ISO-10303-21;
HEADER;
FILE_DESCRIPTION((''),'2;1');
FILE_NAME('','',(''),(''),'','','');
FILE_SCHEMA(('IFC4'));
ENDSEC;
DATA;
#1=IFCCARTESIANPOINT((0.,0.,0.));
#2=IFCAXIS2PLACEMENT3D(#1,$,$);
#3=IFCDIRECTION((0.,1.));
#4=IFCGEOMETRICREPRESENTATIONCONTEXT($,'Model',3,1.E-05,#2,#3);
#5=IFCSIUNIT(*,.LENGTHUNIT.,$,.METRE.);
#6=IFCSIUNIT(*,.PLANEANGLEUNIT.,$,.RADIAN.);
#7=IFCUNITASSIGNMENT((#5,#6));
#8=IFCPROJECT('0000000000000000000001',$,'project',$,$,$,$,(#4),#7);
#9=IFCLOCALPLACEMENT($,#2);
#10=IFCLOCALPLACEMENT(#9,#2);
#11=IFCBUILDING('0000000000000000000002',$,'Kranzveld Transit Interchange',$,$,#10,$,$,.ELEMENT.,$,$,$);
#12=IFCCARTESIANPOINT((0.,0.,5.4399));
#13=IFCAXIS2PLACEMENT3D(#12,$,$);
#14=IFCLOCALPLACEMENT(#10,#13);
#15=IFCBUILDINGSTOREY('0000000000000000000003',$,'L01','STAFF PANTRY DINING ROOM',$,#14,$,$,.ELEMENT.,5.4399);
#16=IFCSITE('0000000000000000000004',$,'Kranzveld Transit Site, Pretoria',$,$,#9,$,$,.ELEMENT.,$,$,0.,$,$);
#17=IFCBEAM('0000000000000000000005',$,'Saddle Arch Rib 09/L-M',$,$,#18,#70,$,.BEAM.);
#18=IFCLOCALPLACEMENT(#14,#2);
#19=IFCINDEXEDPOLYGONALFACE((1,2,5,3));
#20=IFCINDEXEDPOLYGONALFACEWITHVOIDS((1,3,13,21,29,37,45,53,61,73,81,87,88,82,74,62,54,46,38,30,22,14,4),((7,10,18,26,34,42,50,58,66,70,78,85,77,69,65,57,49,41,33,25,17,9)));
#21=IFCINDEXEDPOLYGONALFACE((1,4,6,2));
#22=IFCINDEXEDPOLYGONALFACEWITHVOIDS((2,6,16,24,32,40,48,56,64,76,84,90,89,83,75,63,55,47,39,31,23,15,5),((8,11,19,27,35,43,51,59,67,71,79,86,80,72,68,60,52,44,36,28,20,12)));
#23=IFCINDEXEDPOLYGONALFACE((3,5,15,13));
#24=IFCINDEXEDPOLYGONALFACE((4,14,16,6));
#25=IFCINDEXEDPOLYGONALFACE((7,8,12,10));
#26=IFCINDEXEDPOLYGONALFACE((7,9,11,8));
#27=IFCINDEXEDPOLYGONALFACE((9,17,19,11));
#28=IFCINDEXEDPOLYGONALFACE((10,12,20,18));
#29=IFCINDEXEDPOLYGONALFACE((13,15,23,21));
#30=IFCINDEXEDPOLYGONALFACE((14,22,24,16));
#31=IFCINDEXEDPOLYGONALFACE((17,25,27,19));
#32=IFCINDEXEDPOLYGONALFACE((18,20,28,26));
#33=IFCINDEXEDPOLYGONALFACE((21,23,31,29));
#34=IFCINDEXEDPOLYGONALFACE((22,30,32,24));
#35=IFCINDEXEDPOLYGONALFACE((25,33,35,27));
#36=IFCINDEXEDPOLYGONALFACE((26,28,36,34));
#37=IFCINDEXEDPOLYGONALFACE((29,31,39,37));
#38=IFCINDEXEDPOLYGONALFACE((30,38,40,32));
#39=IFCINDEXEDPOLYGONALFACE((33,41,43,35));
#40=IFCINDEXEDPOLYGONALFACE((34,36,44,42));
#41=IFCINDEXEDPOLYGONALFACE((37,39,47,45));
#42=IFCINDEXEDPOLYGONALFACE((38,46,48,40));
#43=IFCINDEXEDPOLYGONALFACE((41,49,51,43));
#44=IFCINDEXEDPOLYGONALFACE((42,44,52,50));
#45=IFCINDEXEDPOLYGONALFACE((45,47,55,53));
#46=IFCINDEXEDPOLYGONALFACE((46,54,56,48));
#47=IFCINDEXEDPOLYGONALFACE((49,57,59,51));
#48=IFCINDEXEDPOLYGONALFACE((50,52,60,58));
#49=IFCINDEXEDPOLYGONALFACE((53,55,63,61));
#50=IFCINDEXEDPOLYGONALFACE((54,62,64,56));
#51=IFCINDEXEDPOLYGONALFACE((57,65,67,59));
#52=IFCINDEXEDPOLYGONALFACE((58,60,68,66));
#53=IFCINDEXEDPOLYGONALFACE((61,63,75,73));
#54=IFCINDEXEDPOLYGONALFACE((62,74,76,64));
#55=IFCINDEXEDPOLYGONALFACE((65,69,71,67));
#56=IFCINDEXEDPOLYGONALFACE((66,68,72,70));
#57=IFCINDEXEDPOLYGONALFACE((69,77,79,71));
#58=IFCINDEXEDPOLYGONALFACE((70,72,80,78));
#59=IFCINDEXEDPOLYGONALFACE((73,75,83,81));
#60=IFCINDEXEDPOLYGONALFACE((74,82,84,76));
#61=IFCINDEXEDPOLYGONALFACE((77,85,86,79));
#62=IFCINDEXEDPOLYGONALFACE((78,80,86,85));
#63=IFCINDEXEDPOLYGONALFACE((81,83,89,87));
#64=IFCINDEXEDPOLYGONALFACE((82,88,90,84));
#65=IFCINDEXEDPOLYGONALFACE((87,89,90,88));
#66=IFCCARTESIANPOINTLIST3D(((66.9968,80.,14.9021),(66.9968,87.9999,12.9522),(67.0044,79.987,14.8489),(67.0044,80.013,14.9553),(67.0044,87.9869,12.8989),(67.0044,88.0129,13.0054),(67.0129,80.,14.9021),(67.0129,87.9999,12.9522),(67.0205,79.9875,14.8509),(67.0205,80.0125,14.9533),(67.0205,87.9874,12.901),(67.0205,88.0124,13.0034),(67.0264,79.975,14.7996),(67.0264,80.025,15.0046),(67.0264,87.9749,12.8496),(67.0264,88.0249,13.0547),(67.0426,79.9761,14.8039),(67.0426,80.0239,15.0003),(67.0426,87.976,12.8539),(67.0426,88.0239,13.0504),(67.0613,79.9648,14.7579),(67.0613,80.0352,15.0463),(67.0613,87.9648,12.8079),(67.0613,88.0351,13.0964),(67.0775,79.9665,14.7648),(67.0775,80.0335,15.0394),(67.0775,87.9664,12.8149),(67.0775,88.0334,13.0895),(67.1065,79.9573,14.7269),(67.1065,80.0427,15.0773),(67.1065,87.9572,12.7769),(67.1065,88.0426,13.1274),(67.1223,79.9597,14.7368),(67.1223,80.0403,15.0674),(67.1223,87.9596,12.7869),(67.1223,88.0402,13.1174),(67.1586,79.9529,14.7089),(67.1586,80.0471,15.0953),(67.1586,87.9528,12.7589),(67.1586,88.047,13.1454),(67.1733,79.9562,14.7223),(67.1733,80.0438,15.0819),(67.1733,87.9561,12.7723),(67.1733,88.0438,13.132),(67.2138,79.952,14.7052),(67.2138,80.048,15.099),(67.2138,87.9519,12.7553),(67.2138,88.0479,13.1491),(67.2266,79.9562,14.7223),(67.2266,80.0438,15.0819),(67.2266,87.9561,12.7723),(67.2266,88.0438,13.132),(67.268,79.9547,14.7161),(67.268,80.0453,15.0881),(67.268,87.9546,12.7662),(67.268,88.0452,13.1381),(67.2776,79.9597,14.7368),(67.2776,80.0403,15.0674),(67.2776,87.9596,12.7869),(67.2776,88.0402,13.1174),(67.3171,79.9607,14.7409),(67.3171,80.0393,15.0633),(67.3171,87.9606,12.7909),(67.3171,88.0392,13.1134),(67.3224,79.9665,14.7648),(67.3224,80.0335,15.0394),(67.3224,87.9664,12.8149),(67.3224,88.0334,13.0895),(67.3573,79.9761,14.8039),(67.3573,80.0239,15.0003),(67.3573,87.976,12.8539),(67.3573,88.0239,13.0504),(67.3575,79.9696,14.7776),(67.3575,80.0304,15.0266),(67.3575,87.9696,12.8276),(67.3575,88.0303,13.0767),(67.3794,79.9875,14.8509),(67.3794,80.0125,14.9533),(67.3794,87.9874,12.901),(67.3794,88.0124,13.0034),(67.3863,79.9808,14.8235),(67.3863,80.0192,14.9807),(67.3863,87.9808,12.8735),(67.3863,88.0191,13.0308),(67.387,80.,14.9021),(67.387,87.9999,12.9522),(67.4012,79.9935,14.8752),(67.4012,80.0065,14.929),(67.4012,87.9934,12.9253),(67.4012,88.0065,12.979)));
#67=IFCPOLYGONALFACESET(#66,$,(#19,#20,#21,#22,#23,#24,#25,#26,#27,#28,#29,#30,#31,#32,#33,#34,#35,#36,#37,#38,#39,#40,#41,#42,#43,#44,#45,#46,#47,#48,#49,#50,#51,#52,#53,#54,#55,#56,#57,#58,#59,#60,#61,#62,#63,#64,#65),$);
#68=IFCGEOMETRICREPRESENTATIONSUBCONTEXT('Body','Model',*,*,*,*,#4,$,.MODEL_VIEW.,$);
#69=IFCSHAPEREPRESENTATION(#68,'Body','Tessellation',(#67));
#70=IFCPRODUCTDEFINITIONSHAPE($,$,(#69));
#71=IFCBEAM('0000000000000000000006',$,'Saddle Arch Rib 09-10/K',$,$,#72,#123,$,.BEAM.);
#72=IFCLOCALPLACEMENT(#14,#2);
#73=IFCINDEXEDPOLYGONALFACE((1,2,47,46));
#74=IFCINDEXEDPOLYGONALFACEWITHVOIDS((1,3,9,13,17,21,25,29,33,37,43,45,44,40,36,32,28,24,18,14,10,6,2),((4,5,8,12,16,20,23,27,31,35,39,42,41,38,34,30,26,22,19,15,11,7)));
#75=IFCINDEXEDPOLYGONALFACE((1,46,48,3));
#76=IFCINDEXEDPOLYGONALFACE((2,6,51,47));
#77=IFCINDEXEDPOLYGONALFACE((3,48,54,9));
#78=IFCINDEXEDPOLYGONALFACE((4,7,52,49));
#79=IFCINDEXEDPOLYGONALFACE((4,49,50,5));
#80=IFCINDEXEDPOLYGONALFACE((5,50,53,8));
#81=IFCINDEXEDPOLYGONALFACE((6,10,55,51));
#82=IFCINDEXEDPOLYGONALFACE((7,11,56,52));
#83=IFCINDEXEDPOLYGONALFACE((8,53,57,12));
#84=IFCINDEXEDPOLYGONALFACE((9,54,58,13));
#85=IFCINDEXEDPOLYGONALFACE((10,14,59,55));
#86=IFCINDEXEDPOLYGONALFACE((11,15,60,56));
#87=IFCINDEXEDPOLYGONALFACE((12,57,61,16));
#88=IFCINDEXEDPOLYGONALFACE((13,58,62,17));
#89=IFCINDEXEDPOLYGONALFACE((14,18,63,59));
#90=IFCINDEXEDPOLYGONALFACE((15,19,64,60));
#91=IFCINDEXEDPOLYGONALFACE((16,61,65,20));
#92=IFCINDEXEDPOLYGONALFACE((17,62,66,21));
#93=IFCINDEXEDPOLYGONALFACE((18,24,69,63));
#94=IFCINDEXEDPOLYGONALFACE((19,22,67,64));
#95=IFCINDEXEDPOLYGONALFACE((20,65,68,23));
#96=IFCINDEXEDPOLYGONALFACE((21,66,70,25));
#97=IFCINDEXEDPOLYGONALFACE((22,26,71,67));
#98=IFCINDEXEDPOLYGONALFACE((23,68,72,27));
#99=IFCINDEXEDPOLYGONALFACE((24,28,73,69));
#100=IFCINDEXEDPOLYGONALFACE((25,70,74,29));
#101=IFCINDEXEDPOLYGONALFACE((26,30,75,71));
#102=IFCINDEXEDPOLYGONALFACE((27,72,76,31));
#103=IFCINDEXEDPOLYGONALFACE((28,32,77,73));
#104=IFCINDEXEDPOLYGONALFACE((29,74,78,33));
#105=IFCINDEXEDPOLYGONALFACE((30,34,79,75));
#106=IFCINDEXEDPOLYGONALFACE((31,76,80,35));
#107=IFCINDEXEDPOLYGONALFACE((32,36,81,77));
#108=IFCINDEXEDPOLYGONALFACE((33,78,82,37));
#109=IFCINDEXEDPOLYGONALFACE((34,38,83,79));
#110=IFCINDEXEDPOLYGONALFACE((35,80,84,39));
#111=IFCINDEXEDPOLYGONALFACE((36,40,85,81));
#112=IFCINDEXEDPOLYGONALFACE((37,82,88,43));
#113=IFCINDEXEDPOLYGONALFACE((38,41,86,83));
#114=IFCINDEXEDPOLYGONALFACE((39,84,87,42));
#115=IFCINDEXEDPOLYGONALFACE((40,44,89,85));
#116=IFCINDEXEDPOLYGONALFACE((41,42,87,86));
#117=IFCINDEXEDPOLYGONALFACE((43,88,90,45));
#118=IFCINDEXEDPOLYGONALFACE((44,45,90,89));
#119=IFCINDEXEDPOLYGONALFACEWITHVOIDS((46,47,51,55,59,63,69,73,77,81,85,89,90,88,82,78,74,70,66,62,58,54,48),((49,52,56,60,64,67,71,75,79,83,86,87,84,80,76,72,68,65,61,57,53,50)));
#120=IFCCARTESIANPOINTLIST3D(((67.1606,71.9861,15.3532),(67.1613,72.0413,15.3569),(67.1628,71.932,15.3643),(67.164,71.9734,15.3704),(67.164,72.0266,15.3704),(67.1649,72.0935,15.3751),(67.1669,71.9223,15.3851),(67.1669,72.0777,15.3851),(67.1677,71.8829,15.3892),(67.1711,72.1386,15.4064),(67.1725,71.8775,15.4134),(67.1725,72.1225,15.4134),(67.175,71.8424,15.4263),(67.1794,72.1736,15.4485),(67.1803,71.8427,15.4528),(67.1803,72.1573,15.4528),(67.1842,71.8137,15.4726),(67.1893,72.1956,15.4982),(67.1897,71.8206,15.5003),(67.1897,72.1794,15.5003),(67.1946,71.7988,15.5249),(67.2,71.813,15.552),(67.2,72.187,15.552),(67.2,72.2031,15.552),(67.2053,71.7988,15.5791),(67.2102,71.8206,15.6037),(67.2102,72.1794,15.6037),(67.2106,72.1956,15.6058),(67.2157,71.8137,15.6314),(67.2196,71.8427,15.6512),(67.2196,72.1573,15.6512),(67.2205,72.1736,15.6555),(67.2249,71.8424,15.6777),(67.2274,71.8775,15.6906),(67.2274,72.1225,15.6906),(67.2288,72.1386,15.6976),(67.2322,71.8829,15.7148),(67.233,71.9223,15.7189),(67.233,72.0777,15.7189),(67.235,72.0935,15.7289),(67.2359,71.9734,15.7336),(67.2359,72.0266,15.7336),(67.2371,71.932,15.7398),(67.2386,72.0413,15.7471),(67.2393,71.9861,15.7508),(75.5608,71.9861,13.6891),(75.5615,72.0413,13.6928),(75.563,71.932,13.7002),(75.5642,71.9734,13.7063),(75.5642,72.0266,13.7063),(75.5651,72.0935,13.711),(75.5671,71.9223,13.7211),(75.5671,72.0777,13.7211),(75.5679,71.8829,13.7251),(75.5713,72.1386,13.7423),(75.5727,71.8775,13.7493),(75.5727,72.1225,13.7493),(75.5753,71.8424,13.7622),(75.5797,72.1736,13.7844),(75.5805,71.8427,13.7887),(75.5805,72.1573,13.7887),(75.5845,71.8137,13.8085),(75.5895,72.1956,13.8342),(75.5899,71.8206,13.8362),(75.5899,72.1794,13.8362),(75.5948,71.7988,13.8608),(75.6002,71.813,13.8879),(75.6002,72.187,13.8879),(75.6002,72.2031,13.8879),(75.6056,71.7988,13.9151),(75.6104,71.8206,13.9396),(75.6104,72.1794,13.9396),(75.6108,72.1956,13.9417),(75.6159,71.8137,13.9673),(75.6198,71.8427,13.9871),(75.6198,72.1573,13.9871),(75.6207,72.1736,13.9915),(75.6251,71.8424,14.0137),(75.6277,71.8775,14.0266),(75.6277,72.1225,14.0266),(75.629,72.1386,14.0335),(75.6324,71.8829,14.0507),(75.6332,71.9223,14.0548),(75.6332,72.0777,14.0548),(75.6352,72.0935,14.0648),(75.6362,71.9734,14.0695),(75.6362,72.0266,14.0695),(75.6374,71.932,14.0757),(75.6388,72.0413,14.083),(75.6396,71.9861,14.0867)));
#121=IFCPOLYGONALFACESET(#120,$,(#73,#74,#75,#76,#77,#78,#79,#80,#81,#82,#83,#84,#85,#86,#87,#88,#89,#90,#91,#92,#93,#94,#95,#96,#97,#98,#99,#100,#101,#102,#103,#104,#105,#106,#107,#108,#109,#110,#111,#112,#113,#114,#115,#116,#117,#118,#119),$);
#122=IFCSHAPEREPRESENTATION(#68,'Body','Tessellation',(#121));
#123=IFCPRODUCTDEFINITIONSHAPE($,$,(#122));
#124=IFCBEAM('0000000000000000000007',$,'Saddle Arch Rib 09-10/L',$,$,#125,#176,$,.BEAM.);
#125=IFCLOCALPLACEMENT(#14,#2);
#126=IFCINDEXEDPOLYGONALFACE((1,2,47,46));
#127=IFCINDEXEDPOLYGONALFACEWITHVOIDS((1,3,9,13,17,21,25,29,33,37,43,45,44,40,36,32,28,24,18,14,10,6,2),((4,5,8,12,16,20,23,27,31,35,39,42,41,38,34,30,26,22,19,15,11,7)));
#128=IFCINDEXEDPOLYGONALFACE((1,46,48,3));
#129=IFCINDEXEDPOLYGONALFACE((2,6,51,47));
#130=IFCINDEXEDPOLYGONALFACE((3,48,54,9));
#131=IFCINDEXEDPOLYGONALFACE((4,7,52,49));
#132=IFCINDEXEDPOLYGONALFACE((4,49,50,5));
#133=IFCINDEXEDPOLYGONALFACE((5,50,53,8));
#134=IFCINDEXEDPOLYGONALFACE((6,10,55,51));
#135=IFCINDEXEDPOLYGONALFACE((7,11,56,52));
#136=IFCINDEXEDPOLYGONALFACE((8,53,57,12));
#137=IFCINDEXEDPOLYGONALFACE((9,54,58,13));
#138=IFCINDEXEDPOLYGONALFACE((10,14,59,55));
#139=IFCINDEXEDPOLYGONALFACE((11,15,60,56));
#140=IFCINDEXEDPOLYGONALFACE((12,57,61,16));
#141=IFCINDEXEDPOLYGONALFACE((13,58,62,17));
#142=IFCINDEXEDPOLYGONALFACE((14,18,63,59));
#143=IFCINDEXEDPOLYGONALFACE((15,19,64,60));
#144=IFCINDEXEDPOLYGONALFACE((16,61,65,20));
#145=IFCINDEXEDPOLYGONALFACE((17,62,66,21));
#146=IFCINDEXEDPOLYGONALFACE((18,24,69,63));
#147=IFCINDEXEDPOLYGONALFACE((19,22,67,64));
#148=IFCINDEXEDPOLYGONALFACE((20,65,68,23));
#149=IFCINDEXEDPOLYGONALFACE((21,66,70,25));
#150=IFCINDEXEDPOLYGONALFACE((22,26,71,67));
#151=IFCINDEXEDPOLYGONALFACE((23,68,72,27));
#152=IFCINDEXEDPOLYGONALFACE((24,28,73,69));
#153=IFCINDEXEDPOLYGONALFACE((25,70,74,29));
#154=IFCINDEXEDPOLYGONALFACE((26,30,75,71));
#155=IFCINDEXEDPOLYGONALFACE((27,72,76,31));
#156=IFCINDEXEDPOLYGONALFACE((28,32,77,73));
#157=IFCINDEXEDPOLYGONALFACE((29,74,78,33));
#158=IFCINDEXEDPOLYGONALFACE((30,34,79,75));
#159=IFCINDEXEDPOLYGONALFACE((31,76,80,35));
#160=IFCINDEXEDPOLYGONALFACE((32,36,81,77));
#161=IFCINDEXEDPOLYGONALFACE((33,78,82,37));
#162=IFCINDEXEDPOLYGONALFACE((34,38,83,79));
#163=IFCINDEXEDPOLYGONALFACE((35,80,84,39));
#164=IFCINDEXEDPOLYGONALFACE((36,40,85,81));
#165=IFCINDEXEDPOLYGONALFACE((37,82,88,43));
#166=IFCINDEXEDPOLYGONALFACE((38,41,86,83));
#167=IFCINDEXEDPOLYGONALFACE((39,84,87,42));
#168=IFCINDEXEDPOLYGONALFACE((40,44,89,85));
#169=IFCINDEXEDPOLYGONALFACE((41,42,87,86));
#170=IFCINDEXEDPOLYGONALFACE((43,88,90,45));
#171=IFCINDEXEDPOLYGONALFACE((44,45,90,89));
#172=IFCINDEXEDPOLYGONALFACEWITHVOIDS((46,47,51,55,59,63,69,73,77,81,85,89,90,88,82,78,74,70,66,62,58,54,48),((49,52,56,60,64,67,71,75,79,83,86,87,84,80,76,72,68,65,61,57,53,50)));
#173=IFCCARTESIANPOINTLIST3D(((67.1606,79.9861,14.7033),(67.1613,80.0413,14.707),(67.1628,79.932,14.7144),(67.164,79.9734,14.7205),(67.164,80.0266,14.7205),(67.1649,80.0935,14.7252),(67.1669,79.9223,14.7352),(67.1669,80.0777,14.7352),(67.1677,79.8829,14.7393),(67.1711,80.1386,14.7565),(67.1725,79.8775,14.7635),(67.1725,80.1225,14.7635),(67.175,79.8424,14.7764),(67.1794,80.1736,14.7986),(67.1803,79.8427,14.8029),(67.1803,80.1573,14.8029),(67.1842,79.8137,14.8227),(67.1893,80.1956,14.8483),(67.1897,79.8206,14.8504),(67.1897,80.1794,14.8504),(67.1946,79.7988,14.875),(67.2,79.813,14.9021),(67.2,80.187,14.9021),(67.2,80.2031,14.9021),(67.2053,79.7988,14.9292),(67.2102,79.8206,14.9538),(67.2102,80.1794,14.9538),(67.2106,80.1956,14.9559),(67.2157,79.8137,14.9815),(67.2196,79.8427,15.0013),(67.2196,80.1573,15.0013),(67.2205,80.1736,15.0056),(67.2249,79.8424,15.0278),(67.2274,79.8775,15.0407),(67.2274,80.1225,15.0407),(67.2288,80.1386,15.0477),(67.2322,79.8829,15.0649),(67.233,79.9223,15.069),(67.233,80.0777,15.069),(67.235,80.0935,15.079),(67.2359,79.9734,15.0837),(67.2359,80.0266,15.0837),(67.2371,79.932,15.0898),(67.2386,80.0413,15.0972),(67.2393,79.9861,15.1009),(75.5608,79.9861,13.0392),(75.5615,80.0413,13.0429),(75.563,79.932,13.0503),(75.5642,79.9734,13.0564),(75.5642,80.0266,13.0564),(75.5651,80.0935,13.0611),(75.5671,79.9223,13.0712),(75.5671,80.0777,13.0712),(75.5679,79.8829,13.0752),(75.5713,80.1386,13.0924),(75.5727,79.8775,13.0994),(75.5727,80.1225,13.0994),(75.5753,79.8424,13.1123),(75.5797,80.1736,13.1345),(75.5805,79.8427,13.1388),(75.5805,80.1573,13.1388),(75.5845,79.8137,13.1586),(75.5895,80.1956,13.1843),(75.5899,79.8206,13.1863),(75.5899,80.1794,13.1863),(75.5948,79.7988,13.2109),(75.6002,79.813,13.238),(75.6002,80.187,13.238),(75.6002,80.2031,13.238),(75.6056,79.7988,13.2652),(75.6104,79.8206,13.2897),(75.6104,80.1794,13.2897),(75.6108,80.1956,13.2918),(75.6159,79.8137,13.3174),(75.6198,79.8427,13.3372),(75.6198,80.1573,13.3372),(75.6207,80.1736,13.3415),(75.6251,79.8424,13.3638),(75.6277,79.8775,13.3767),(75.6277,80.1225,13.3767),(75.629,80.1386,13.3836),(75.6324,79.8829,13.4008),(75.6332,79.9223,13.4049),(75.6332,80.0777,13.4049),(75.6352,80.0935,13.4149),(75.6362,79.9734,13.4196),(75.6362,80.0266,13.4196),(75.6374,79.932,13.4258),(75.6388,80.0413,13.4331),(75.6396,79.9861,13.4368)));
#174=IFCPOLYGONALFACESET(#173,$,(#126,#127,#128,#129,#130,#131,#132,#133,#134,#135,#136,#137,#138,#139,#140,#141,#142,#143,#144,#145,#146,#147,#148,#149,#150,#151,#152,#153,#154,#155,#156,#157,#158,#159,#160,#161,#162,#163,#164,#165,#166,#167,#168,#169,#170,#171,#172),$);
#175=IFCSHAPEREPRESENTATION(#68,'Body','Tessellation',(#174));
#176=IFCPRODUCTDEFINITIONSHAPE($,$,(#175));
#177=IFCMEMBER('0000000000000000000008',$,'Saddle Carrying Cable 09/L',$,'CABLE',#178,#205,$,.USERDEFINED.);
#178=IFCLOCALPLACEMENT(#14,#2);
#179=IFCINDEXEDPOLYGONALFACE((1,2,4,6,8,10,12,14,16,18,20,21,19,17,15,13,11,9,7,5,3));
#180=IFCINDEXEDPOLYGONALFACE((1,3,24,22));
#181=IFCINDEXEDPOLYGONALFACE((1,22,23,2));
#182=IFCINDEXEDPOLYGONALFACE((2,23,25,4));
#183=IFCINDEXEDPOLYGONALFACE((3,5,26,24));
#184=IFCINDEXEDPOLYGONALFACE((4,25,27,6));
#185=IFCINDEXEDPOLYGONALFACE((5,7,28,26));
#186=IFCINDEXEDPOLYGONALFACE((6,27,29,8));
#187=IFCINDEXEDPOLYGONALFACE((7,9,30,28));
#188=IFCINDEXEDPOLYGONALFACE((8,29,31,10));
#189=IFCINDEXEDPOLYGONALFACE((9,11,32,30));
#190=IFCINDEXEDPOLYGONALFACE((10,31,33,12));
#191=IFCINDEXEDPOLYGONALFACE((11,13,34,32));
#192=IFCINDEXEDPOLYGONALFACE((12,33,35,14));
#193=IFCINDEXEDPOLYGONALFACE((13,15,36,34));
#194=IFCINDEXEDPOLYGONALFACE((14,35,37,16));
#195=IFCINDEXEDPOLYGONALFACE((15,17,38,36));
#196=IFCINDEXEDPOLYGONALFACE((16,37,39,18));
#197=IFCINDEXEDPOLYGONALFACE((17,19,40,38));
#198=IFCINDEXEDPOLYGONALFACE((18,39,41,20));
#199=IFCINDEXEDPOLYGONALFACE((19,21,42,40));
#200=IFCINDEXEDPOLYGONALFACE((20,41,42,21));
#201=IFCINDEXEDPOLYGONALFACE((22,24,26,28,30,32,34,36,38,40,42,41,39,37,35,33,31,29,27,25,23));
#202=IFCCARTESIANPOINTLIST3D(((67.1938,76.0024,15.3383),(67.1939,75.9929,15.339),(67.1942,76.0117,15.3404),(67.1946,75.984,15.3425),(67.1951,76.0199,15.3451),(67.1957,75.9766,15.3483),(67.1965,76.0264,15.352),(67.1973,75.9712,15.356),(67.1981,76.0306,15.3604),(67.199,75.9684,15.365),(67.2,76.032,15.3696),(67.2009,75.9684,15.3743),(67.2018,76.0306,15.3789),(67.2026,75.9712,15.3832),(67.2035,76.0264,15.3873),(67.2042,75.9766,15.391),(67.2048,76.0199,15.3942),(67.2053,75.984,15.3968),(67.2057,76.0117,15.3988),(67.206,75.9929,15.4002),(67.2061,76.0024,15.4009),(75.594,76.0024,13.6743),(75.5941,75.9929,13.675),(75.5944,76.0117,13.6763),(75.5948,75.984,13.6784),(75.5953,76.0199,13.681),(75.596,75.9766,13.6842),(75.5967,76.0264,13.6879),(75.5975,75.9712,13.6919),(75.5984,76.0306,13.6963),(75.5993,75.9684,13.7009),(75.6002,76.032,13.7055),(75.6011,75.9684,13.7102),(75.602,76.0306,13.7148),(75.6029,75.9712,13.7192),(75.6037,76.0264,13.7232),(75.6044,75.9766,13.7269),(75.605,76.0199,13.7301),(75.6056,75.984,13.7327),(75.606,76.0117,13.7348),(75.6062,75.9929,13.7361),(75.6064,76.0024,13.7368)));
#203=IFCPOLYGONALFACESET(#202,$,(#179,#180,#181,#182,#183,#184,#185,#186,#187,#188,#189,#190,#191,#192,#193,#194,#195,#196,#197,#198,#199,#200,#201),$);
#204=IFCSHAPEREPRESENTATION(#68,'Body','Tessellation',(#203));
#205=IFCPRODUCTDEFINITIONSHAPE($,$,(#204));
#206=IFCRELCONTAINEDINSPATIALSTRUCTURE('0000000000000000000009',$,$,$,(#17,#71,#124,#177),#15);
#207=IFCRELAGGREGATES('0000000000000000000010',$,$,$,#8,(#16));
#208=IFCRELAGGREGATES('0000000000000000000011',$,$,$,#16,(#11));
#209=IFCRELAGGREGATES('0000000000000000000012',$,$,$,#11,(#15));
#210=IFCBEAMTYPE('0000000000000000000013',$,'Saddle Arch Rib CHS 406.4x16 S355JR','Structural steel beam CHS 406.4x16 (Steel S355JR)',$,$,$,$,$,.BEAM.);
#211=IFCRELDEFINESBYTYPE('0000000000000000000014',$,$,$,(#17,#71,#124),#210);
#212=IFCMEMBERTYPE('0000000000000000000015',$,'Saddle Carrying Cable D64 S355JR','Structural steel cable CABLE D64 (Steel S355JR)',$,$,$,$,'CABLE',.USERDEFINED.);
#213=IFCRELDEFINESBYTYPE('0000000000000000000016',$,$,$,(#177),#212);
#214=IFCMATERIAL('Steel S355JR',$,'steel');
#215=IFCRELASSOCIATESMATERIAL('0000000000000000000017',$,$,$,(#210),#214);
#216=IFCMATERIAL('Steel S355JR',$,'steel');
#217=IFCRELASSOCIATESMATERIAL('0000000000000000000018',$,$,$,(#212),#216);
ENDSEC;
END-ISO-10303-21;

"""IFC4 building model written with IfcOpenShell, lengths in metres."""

from ifc_helpers import new_model, si_unit, direction, frame, origin, origin_2d, place, context, subcontext, project, spatial, circle, hollow_circle, extrude, material, material_profile, profile_set, type_object, element, save


model = new_model("IFC4")

# Units and contexts
model_context = context("Model", 3, precision=1e-05, world=origin(), true_north=direction((0.0, 1.0)))
body_context = subcontext(model_context, "Body", "Model", "MODEL_VIEW")
ifc_project = project(units=[si_unit("LENGTHUNIT", "METRE"), si_unit("PLANEANGLEUNIT", "RADIAN")], contexts=[model_context])

# Site, building, storey
site_placement = place(None, origin())
site = spatial("IfcSite", under=ifc_project, at=site_placement, Name="Kranzveld Transit Site, Pretoria", CompositionType="ELEMENT", RefElevation=0.0)
building_placement = place(site_placement, origin())
building = spatial("IfcBuilding", under=site, at=building_placement, Name="Kranzveld Transit Interchange", CompositionType="ELEMENT")
storey_placement = place(building_placement, frame((0.0, 0.0, 5.4399)))
storey = spatial("IfcBuildingStorey", under=building, at=storey_placement, Name="L01", Description="STAFF PANTRY DINING ROOM", CompositionType="ELEMENT", Elevation=5.4399)

# Beams
ifc_material_1 = material(Name="Steel S355JR", Category="steel")
ifc_material_profile_1 = material_profile(ifc_material_1, hollow_circle(Radius=0.2031, WallThickness=0.0161, at=origin_2d()), Name="CHS 406.4x16")
ifc_profile_set_1 = profile_set([ifc_material_profile_1], Name="Steel S355JR")
beam_type = type_object("IfcBeamType", Name="Saddle Arch Rib CHS 406.4x16 S355JR", Description="Structural steel beam CHS 406.4x16 (Steel S355JR)", PredefinedType="BEAM", material=ifc_profile_set_1)
beam_1_placement = place(storey_placement, frame((67.2, 80.0, 14.9021), z_axis=(0.0, 0.971556, -0.236811), x_axis=(-1.0, 0.0, 0.0)))
element("IfcBeam", 1, at=beam_1_placement, inside=storey, type_object=beam_type, Name="Saddle Arch Rib 09/L-M", PredefinedType="BEAM", context=body_context, shape_type="SweptSolid", body=[
    extrude(hollow_circle(Radius=0.2031, WallThickness=0.0161, at=origin_2d()), origin(), (0.0, 0.0, 1.0), 8.2341),
])
for number, where, z_axis, x_axis, name in (
    (2, (67.2, 72.0, 15.552), (0.980938, 0.0, -0.194323), (0.0, 1.0, 0.0), "Saddle Arch Rib 09-10/K"),
    (3, (67.2, 80.0, 14.9021), (0.980938, 0.0, -0.194323), (0.0, 1.0, 0.0), "Saddle Arch Rib 09-10/L"),
):
    element("IfcBeam", number, at=place(storey_placement, frame(where, z_axis=z_axis, x_axis=x_axis)), inside=storey, type_object=beam_type, Name=name, PredefinedType="BEAM", context=body_context, shape_type="SweptSolid", body=[
        extrude(hollow_circle(Radius=0.2031, WallThickness=0.0161, at=origin_2d()), origin(), (0.0, 0.0, 1.0), 8.5635),
    ])

# Member
ifc_material_2 = material(Name="Steel S355JR", Category="steel")
ifc_material_profile_2 = material_profile(ifc_material_2, circle(Radius=0.032, at=origin_2d()), Name="CABLE D64")
ifc_profile_set_2 = profile_set([ifc_material_profile_2], Name="Steel S355JR")
member_type_1 = type_object("IfcMemberType", Name="Saddle Carrying Cable D64 S355JR", Description="Structural steel cable CABLE D64 (Steel S355JR)", ElementType="CABLE", PredefinedType="USERDEFINED", material=ifc_profile_set_2)
member_1_placement = place(storey_placement, frame((67.2, 76.0, 15.3696), z_axis=(0.980938, 0.0, -0.194323), x_axis=(0.0, 1.0, 0.0)))
element("IfcMember", 4, at=member_1_placement, inside=storey, type_object=member_type_1, Name="Saddle Carrying Cable 09/L", ObjectType="CABLE", PredefinedType="USERDEFINED", context=body_context, shape_type="SweptSolid", body=[
    extrude(circle(Radius=0.032, at=origin_2d()), origin(), (0.0, 0.0, 1.0), 8.5635),
])

save(model, "model.ifc")
